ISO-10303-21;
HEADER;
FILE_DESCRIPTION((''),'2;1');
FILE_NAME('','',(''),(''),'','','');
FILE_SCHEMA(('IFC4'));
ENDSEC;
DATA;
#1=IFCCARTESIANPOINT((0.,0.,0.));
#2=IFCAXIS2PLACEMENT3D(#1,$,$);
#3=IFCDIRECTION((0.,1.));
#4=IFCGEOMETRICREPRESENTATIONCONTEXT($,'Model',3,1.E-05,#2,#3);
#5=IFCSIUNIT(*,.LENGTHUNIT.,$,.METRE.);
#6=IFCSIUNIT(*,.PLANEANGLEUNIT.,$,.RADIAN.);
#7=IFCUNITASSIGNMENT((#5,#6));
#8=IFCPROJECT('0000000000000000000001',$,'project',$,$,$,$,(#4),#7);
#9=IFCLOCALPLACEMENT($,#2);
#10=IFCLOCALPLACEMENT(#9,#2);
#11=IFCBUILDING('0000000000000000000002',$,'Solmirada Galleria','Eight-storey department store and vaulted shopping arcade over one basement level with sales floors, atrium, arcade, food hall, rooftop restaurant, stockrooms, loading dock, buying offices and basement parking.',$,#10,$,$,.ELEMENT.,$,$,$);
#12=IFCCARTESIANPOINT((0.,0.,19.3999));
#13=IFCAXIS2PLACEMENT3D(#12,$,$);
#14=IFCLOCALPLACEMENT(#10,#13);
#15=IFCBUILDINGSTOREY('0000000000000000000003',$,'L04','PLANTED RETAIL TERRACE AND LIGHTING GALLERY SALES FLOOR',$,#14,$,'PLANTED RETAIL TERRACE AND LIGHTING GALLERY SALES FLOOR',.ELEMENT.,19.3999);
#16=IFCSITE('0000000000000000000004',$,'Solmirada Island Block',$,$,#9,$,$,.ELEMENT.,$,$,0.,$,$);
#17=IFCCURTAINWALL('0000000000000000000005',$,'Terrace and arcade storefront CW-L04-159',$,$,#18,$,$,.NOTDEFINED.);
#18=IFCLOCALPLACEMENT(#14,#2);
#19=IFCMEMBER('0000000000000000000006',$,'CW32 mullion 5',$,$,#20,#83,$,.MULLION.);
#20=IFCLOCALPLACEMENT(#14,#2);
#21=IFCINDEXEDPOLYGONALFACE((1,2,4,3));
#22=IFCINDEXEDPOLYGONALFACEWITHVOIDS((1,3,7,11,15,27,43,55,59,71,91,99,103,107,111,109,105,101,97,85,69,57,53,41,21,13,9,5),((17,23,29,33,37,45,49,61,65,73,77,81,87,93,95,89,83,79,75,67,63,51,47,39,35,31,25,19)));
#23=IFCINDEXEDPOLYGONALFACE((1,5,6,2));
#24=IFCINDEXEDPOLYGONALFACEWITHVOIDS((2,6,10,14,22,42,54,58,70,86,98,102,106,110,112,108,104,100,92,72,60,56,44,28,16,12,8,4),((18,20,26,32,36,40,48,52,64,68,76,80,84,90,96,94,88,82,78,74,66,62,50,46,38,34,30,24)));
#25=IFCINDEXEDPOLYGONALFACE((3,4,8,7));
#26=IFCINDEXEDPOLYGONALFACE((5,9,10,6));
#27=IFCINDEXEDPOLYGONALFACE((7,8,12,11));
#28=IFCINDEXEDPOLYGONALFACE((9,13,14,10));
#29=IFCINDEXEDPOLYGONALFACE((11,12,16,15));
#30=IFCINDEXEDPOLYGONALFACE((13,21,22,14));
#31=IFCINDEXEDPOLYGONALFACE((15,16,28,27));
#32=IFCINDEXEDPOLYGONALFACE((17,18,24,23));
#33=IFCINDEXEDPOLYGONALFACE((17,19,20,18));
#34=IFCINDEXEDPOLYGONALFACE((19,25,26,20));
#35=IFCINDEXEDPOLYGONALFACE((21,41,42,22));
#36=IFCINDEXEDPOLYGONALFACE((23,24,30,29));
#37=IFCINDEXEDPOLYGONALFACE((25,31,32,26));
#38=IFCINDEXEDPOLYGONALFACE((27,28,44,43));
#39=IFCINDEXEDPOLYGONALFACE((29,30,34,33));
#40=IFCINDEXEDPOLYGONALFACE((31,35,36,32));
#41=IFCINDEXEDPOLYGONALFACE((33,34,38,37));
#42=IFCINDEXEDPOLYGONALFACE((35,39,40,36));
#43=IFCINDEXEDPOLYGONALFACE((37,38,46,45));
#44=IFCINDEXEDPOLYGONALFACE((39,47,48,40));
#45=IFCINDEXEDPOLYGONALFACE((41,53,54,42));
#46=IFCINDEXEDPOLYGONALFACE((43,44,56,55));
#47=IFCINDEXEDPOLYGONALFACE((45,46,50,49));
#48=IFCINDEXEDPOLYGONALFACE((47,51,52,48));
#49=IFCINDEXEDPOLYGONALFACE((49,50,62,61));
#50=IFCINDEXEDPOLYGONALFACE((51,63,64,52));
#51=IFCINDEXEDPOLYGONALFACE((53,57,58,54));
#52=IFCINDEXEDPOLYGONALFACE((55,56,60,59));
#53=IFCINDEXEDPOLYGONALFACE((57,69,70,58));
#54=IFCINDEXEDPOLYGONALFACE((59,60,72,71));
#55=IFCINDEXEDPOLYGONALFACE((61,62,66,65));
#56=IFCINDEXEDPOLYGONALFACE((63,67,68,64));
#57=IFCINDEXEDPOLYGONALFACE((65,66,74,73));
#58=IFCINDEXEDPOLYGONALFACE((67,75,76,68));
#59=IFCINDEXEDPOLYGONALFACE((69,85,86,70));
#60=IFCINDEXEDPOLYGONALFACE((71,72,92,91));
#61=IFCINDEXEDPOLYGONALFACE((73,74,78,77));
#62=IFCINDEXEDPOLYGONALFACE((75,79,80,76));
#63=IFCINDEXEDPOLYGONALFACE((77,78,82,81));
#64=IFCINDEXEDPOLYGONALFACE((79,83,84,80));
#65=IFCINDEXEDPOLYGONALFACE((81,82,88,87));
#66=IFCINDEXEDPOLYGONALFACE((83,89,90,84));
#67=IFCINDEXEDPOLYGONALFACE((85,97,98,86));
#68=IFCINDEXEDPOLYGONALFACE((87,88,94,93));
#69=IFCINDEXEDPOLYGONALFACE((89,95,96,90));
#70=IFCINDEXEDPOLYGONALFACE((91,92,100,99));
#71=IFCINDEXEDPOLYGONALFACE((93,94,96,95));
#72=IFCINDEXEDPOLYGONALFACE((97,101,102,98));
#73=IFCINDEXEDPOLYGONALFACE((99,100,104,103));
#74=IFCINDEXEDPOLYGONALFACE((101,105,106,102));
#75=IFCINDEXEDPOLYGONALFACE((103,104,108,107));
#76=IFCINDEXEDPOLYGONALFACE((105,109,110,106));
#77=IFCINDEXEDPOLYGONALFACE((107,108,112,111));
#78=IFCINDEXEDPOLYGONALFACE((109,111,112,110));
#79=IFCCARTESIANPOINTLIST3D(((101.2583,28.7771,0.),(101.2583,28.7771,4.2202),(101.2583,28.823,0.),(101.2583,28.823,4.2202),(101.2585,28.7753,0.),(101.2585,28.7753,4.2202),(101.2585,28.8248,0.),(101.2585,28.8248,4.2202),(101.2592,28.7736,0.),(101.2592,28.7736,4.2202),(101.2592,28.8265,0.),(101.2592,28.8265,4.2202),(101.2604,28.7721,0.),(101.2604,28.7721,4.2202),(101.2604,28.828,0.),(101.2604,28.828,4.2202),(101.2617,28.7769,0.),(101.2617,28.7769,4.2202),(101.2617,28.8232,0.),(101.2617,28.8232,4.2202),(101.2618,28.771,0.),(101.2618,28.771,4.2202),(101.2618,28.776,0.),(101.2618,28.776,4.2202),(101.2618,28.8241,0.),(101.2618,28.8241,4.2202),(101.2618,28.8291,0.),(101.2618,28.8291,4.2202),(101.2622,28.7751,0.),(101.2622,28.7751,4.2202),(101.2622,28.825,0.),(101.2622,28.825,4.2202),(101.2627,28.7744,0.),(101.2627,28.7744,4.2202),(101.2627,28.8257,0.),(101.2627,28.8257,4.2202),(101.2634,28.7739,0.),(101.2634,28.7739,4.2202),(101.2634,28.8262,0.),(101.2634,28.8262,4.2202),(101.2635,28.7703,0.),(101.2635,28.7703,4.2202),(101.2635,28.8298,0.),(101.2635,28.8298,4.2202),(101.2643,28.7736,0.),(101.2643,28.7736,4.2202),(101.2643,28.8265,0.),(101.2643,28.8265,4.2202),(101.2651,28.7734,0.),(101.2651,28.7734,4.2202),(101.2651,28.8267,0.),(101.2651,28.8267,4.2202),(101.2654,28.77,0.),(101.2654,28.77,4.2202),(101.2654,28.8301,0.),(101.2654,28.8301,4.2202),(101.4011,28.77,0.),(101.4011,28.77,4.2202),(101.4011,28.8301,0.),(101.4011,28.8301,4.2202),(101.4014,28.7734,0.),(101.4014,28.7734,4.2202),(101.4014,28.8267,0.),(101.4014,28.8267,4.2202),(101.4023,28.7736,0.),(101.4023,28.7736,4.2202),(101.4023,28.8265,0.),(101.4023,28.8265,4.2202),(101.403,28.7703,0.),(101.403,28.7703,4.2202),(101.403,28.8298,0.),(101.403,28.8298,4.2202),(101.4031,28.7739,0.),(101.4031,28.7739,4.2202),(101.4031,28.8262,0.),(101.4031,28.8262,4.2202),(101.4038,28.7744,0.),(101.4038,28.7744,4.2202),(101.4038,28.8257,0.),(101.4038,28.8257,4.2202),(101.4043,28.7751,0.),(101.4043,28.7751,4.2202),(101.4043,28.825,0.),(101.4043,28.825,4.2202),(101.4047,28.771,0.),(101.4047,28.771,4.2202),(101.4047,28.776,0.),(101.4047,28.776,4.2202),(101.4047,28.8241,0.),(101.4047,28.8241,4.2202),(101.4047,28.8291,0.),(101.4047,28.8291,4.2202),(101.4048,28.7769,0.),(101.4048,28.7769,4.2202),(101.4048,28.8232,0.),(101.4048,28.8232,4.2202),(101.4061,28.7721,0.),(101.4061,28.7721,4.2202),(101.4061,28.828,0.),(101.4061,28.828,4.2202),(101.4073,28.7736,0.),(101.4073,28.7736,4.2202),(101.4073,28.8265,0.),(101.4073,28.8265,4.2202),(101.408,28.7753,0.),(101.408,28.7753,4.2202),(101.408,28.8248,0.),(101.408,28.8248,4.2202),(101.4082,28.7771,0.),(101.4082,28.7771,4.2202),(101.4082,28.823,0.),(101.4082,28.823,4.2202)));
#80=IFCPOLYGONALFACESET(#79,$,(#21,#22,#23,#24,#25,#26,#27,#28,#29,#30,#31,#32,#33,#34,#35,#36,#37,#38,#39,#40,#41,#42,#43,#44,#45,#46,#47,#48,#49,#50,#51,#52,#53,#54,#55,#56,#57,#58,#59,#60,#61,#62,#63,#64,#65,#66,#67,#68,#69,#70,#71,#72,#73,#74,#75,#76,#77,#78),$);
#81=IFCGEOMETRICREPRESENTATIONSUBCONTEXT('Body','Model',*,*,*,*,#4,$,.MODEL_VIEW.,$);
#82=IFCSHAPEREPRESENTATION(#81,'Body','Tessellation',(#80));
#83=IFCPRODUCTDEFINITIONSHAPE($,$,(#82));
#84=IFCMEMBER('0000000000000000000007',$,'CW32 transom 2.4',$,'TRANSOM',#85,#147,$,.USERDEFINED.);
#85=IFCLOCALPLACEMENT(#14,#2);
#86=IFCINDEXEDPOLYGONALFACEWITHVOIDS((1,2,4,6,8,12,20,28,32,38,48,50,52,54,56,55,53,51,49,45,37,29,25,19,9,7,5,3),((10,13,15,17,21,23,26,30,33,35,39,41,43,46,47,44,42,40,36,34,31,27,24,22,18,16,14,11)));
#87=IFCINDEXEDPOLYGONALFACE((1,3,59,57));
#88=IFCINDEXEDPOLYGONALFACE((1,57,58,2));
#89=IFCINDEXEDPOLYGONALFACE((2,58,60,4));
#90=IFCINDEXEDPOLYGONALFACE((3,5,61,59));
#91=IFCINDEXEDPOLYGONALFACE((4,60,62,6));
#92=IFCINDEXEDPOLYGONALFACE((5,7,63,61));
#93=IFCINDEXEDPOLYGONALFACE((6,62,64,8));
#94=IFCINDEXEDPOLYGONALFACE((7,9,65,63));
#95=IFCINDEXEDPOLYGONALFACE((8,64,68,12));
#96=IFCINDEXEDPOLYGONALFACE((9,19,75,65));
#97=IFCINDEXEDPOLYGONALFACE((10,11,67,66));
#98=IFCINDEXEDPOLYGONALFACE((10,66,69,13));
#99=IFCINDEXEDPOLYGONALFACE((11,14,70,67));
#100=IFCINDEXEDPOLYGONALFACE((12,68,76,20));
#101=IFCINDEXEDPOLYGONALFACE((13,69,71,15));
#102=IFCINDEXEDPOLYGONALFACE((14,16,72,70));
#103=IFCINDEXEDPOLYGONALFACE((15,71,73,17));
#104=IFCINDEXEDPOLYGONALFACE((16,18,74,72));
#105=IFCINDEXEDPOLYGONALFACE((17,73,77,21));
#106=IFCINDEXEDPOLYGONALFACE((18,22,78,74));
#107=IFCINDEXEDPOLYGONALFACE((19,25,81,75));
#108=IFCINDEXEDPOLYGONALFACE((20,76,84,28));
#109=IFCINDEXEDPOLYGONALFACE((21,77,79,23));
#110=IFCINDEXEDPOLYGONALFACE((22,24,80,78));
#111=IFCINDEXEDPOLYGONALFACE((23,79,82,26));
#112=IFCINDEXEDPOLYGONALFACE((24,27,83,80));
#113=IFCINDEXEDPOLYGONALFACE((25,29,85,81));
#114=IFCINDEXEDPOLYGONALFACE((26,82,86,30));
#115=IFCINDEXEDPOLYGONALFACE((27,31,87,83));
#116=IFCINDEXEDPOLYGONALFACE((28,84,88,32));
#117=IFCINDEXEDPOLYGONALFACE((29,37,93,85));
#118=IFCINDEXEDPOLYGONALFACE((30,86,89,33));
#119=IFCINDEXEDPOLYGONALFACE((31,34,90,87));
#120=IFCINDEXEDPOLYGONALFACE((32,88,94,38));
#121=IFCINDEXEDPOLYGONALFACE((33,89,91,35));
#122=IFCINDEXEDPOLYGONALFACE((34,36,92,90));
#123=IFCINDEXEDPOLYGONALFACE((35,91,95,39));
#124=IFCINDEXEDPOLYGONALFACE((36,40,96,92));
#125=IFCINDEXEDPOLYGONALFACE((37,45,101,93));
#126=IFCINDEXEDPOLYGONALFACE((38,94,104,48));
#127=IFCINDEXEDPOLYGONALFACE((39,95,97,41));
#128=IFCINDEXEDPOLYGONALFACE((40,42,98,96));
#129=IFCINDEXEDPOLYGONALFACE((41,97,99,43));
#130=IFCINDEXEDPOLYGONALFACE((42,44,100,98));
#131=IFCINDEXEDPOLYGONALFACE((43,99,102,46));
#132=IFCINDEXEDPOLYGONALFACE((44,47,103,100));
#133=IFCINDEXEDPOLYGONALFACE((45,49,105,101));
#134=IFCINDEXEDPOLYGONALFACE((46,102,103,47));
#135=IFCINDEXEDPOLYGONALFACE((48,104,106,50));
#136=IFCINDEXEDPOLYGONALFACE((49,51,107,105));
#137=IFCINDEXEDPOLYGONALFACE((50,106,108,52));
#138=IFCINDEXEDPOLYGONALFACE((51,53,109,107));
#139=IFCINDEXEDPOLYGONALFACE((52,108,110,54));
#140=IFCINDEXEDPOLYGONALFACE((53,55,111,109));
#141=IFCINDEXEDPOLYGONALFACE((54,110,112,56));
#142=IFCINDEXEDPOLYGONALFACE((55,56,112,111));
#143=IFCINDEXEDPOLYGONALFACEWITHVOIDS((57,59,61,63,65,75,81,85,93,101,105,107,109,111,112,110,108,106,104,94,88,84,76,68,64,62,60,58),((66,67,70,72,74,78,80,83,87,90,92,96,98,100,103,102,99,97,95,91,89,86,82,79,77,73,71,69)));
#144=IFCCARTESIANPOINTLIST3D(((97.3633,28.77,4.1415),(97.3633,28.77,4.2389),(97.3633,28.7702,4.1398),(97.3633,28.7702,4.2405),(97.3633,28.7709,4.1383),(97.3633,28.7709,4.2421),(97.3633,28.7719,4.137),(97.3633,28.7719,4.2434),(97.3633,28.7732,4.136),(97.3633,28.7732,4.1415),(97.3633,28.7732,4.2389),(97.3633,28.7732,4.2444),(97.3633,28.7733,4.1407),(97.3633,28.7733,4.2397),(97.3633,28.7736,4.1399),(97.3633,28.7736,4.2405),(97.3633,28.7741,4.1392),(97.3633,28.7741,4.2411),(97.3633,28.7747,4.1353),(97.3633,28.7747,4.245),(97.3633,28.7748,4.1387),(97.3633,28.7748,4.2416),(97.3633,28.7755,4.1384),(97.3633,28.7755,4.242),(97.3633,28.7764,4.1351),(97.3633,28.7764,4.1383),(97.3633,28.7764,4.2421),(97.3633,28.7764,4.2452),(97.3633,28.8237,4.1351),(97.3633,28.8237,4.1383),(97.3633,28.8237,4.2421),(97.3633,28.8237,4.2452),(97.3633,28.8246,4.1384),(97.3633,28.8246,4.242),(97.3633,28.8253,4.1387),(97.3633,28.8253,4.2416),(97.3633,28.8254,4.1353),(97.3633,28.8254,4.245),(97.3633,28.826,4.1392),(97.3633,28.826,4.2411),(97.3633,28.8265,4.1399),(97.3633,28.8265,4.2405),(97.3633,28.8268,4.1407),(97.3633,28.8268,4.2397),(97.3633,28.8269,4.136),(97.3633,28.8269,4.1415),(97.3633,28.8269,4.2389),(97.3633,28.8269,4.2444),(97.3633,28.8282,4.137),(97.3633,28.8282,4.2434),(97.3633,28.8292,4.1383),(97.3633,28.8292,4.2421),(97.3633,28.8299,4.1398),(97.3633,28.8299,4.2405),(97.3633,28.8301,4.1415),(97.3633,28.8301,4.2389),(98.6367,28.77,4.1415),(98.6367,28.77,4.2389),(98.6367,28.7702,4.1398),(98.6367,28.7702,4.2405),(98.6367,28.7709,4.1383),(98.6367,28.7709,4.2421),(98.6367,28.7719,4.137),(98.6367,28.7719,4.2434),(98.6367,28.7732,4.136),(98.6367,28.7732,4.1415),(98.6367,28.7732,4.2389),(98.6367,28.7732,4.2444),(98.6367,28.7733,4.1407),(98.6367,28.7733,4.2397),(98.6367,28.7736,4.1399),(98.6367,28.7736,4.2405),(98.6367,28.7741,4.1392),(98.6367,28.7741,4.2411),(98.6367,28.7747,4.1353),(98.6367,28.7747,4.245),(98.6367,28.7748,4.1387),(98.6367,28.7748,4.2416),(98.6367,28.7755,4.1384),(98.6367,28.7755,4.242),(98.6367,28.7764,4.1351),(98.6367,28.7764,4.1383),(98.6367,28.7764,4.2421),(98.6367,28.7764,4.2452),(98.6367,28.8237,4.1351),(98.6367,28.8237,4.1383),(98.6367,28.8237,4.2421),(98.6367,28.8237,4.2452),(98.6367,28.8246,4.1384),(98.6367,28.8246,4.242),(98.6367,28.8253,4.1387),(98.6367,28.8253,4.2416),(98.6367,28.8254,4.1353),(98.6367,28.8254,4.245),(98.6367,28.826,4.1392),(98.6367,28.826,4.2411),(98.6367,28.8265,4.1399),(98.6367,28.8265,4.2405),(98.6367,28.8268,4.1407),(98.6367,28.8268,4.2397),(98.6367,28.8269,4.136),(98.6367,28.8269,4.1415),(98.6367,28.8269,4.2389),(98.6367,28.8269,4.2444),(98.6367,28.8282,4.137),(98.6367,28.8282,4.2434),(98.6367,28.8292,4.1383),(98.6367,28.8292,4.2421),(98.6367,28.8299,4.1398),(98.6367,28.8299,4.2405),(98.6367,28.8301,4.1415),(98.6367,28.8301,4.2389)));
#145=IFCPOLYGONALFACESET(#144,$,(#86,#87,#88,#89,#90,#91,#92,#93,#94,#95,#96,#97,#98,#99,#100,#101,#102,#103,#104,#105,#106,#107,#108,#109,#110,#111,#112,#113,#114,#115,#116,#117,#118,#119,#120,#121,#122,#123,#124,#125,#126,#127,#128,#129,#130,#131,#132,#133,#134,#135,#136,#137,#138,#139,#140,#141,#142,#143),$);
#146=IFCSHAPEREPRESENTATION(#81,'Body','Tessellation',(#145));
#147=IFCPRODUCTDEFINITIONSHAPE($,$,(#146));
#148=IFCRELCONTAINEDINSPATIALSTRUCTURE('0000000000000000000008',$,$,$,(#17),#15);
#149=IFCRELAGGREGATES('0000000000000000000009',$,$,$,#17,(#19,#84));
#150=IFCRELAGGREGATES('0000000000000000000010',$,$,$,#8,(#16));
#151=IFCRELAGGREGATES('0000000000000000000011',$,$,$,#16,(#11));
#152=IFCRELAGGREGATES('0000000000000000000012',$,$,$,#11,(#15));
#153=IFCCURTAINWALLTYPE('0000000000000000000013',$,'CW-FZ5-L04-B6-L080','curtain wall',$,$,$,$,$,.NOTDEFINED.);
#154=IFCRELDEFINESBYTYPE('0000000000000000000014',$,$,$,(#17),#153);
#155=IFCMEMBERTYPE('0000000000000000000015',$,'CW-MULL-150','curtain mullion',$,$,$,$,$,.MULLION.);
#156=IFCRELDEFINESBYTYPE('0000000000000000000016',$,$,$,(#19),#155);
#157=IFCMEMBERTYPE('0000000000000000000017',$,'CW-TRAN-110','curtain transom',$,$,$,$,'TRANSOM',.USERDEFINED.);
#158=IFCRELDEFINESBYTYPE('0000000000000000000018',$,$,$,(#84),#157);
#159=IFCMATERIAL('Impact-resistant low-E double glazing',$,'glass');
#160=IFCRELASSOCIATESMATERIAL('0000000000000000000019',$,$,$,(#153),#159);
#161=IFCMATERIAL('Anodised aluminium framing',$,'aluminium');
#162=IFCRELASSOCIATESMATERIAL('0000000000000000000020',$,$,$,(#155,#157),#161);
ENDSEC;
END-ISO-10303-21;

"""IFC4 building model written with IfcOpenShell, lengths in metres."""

from ifc_helpers import new_model, si_unit, direction, frame, origin, origin_2d, place, context, subcontext, project, spatial, hollow_rectangle, extrude, material, material_profile, profile_set, type_object, element, aggregate, save


model = new_model("IFC4")

# Units and contexts
model_context = context("Model", 3, precision=1e-05, world=origin(), true_north=direction((0.0, 1.0)))
body_context = subcontext(model_context, "Body", "Model", "MODEL_VIEW")
ifc_project = project(units=[si_unit("LENGTHUNIT", "METRE"), si_unit("PLANEANGLEUNIT", "RADIAN")], contexts=[model_context])

# Site, building, storey
site_placement = place(None, origin())
site = spatial("IfcSite", under=ifc_project, at=site_placement, Name="Solmirada Island Block", CompositionType="ELEMENT", RefElevation=0.0)
building_placement = place(site_placement, origin())
building = spatial("IfcBuilding", under=site, at=building_placement, Name="Solmirada Galleria", Description="Eight-storey department store and vaulted shopping arcade over one basement level with sales floors, atrium, arcade, food hall, rooftop restaurant, stockrooms, loading dock, buying offices and basement parking.", CompositionType="ELEMENT")
storey_placement = place(building_placement, frame((0.0, 0.0, 19.3999)))
storey = spatial("IfcBuildingStorey", under=building, at=storey_placement, Name="L04", Description="PLANTED RETAIL TERRACE AND LIGHTING GALLERY SALES FLOOR", LongName="PLANTED RETAIL TERRACE AND LIGHTING GALLERY SALES FLOOR", CompositionType="ELEMENT", Elevation=19.3999)

# Curtain wall, members
ifc_material_1 = material(Name="Impact-resistant low-E double glazing", Category="glass")
curtain_wall_type = type_object("IfcCurtainWallType", Name="CW-FZ5-L04-B6-L080", Description="curtain wall", PredefinedType="NOTDEFINED", material=ifc_material_1)
curtain_wall_placement = place(storey_placement, origin())
curtain_wall = element("IfcCurtainWall", 1, at=curtain_wall_placement, inside=storey, type_object=curtain_wall_type, Name="Terrace and arcade storefront CW-L04-159", PredefinedType="NOTDEFINED")
ifc_material_2 = material(Name="Anodised aluminium framing", Category="aluminium")
ifc_material_profile_1 = material_profile(ifc_material_2, hollow_rectangle(XDim=0.0601, YDim=0.1499, WallThickness=0.0034, InnerFilletRadius=0.0034, OuterFilletRadius=0.0071, at=origin_2d()), Name="ALU-MULL-150X60")
ifc_profile_set_1 = profile_set([ifc_material_profile_1], Name="Anodised aluminium framing")
member_type_1 = type_object("IfcMemberType", Name="CW-MULL-150", Description="curtain mullion", PredefinedType="MULLION", material=ifc_profile_set_1)
member_1_placement = place(storey_placement, frame((101.3333, 28.8, 0.0), z_axis=(0.0, 0.0, 1.0), x_axis=(0.0, 1.0, 0.0)))
member_1 = element("IfcMember", 2, at=member_1_placement, type_object=member_type_1, Name="CW32 mullion 5", PredefinedType="MULLION", context=body_context, shape_type="SweptSolid", body=[
    extrude(hollow_rectangle(XDim=0.0601, YDim=0.1499, WallThickness=0.0034, InnerFilletRadius=0.0034, OuterFilletRadius=0.0071, at=origin_2d()), origin(), (0.0, 0.0, 1.0), 4.2202),
])
ifc_material_profile_2 = material_profile(ifc_material_2, hollow_rectangle(XDim=0.0601, YDim=0.1101, WallThickness=0.0032, InnerFilletRadius=0.0032, OuterFilletRadius=0.0063, at=origin_2d()), Name="ALU-TRAN-110X60")
ifc_profile_set_2 = profile_set([ifc_material_profile_2], Name="Anodised aluminium framing")
member_type_2 = type_object("IfcMemberType", Name="CW-TRAN-110", Description="curtain transom", ElementType="TRANSOM", PredefinedType="USERDEFINED", material=ifc_profile_set_2)
member_2_placement = place(storey_placement, frame((97.3633, 28.8, 4.1902), z_axis=(1.0, 0.0, 0.0), x_axis=(0.0, 1.0, 0.0)))
member_2 = element("IfcMember", 3, at=member_2_placement, type_object=member_type_2, Name="CW32 transom 2.4", ObjectType="TRANSOM", PredefinedType="USERDEFINED", context=body_context, shape_type="SweptSolid", body=[
    extrude(hollow_rectangle(XDim=0.0601, YDim=0.1101, WallThickness=0.0032, InnerFilletRadius=0.0032, OuterFilletRadius=0.0063, at=origin_2d()), origin(), (0.0, 0.0, 1.0), 1.2734),
])
aggregate(curtain_wall, [member_1, member_2])

save(model, "model.ifc")
